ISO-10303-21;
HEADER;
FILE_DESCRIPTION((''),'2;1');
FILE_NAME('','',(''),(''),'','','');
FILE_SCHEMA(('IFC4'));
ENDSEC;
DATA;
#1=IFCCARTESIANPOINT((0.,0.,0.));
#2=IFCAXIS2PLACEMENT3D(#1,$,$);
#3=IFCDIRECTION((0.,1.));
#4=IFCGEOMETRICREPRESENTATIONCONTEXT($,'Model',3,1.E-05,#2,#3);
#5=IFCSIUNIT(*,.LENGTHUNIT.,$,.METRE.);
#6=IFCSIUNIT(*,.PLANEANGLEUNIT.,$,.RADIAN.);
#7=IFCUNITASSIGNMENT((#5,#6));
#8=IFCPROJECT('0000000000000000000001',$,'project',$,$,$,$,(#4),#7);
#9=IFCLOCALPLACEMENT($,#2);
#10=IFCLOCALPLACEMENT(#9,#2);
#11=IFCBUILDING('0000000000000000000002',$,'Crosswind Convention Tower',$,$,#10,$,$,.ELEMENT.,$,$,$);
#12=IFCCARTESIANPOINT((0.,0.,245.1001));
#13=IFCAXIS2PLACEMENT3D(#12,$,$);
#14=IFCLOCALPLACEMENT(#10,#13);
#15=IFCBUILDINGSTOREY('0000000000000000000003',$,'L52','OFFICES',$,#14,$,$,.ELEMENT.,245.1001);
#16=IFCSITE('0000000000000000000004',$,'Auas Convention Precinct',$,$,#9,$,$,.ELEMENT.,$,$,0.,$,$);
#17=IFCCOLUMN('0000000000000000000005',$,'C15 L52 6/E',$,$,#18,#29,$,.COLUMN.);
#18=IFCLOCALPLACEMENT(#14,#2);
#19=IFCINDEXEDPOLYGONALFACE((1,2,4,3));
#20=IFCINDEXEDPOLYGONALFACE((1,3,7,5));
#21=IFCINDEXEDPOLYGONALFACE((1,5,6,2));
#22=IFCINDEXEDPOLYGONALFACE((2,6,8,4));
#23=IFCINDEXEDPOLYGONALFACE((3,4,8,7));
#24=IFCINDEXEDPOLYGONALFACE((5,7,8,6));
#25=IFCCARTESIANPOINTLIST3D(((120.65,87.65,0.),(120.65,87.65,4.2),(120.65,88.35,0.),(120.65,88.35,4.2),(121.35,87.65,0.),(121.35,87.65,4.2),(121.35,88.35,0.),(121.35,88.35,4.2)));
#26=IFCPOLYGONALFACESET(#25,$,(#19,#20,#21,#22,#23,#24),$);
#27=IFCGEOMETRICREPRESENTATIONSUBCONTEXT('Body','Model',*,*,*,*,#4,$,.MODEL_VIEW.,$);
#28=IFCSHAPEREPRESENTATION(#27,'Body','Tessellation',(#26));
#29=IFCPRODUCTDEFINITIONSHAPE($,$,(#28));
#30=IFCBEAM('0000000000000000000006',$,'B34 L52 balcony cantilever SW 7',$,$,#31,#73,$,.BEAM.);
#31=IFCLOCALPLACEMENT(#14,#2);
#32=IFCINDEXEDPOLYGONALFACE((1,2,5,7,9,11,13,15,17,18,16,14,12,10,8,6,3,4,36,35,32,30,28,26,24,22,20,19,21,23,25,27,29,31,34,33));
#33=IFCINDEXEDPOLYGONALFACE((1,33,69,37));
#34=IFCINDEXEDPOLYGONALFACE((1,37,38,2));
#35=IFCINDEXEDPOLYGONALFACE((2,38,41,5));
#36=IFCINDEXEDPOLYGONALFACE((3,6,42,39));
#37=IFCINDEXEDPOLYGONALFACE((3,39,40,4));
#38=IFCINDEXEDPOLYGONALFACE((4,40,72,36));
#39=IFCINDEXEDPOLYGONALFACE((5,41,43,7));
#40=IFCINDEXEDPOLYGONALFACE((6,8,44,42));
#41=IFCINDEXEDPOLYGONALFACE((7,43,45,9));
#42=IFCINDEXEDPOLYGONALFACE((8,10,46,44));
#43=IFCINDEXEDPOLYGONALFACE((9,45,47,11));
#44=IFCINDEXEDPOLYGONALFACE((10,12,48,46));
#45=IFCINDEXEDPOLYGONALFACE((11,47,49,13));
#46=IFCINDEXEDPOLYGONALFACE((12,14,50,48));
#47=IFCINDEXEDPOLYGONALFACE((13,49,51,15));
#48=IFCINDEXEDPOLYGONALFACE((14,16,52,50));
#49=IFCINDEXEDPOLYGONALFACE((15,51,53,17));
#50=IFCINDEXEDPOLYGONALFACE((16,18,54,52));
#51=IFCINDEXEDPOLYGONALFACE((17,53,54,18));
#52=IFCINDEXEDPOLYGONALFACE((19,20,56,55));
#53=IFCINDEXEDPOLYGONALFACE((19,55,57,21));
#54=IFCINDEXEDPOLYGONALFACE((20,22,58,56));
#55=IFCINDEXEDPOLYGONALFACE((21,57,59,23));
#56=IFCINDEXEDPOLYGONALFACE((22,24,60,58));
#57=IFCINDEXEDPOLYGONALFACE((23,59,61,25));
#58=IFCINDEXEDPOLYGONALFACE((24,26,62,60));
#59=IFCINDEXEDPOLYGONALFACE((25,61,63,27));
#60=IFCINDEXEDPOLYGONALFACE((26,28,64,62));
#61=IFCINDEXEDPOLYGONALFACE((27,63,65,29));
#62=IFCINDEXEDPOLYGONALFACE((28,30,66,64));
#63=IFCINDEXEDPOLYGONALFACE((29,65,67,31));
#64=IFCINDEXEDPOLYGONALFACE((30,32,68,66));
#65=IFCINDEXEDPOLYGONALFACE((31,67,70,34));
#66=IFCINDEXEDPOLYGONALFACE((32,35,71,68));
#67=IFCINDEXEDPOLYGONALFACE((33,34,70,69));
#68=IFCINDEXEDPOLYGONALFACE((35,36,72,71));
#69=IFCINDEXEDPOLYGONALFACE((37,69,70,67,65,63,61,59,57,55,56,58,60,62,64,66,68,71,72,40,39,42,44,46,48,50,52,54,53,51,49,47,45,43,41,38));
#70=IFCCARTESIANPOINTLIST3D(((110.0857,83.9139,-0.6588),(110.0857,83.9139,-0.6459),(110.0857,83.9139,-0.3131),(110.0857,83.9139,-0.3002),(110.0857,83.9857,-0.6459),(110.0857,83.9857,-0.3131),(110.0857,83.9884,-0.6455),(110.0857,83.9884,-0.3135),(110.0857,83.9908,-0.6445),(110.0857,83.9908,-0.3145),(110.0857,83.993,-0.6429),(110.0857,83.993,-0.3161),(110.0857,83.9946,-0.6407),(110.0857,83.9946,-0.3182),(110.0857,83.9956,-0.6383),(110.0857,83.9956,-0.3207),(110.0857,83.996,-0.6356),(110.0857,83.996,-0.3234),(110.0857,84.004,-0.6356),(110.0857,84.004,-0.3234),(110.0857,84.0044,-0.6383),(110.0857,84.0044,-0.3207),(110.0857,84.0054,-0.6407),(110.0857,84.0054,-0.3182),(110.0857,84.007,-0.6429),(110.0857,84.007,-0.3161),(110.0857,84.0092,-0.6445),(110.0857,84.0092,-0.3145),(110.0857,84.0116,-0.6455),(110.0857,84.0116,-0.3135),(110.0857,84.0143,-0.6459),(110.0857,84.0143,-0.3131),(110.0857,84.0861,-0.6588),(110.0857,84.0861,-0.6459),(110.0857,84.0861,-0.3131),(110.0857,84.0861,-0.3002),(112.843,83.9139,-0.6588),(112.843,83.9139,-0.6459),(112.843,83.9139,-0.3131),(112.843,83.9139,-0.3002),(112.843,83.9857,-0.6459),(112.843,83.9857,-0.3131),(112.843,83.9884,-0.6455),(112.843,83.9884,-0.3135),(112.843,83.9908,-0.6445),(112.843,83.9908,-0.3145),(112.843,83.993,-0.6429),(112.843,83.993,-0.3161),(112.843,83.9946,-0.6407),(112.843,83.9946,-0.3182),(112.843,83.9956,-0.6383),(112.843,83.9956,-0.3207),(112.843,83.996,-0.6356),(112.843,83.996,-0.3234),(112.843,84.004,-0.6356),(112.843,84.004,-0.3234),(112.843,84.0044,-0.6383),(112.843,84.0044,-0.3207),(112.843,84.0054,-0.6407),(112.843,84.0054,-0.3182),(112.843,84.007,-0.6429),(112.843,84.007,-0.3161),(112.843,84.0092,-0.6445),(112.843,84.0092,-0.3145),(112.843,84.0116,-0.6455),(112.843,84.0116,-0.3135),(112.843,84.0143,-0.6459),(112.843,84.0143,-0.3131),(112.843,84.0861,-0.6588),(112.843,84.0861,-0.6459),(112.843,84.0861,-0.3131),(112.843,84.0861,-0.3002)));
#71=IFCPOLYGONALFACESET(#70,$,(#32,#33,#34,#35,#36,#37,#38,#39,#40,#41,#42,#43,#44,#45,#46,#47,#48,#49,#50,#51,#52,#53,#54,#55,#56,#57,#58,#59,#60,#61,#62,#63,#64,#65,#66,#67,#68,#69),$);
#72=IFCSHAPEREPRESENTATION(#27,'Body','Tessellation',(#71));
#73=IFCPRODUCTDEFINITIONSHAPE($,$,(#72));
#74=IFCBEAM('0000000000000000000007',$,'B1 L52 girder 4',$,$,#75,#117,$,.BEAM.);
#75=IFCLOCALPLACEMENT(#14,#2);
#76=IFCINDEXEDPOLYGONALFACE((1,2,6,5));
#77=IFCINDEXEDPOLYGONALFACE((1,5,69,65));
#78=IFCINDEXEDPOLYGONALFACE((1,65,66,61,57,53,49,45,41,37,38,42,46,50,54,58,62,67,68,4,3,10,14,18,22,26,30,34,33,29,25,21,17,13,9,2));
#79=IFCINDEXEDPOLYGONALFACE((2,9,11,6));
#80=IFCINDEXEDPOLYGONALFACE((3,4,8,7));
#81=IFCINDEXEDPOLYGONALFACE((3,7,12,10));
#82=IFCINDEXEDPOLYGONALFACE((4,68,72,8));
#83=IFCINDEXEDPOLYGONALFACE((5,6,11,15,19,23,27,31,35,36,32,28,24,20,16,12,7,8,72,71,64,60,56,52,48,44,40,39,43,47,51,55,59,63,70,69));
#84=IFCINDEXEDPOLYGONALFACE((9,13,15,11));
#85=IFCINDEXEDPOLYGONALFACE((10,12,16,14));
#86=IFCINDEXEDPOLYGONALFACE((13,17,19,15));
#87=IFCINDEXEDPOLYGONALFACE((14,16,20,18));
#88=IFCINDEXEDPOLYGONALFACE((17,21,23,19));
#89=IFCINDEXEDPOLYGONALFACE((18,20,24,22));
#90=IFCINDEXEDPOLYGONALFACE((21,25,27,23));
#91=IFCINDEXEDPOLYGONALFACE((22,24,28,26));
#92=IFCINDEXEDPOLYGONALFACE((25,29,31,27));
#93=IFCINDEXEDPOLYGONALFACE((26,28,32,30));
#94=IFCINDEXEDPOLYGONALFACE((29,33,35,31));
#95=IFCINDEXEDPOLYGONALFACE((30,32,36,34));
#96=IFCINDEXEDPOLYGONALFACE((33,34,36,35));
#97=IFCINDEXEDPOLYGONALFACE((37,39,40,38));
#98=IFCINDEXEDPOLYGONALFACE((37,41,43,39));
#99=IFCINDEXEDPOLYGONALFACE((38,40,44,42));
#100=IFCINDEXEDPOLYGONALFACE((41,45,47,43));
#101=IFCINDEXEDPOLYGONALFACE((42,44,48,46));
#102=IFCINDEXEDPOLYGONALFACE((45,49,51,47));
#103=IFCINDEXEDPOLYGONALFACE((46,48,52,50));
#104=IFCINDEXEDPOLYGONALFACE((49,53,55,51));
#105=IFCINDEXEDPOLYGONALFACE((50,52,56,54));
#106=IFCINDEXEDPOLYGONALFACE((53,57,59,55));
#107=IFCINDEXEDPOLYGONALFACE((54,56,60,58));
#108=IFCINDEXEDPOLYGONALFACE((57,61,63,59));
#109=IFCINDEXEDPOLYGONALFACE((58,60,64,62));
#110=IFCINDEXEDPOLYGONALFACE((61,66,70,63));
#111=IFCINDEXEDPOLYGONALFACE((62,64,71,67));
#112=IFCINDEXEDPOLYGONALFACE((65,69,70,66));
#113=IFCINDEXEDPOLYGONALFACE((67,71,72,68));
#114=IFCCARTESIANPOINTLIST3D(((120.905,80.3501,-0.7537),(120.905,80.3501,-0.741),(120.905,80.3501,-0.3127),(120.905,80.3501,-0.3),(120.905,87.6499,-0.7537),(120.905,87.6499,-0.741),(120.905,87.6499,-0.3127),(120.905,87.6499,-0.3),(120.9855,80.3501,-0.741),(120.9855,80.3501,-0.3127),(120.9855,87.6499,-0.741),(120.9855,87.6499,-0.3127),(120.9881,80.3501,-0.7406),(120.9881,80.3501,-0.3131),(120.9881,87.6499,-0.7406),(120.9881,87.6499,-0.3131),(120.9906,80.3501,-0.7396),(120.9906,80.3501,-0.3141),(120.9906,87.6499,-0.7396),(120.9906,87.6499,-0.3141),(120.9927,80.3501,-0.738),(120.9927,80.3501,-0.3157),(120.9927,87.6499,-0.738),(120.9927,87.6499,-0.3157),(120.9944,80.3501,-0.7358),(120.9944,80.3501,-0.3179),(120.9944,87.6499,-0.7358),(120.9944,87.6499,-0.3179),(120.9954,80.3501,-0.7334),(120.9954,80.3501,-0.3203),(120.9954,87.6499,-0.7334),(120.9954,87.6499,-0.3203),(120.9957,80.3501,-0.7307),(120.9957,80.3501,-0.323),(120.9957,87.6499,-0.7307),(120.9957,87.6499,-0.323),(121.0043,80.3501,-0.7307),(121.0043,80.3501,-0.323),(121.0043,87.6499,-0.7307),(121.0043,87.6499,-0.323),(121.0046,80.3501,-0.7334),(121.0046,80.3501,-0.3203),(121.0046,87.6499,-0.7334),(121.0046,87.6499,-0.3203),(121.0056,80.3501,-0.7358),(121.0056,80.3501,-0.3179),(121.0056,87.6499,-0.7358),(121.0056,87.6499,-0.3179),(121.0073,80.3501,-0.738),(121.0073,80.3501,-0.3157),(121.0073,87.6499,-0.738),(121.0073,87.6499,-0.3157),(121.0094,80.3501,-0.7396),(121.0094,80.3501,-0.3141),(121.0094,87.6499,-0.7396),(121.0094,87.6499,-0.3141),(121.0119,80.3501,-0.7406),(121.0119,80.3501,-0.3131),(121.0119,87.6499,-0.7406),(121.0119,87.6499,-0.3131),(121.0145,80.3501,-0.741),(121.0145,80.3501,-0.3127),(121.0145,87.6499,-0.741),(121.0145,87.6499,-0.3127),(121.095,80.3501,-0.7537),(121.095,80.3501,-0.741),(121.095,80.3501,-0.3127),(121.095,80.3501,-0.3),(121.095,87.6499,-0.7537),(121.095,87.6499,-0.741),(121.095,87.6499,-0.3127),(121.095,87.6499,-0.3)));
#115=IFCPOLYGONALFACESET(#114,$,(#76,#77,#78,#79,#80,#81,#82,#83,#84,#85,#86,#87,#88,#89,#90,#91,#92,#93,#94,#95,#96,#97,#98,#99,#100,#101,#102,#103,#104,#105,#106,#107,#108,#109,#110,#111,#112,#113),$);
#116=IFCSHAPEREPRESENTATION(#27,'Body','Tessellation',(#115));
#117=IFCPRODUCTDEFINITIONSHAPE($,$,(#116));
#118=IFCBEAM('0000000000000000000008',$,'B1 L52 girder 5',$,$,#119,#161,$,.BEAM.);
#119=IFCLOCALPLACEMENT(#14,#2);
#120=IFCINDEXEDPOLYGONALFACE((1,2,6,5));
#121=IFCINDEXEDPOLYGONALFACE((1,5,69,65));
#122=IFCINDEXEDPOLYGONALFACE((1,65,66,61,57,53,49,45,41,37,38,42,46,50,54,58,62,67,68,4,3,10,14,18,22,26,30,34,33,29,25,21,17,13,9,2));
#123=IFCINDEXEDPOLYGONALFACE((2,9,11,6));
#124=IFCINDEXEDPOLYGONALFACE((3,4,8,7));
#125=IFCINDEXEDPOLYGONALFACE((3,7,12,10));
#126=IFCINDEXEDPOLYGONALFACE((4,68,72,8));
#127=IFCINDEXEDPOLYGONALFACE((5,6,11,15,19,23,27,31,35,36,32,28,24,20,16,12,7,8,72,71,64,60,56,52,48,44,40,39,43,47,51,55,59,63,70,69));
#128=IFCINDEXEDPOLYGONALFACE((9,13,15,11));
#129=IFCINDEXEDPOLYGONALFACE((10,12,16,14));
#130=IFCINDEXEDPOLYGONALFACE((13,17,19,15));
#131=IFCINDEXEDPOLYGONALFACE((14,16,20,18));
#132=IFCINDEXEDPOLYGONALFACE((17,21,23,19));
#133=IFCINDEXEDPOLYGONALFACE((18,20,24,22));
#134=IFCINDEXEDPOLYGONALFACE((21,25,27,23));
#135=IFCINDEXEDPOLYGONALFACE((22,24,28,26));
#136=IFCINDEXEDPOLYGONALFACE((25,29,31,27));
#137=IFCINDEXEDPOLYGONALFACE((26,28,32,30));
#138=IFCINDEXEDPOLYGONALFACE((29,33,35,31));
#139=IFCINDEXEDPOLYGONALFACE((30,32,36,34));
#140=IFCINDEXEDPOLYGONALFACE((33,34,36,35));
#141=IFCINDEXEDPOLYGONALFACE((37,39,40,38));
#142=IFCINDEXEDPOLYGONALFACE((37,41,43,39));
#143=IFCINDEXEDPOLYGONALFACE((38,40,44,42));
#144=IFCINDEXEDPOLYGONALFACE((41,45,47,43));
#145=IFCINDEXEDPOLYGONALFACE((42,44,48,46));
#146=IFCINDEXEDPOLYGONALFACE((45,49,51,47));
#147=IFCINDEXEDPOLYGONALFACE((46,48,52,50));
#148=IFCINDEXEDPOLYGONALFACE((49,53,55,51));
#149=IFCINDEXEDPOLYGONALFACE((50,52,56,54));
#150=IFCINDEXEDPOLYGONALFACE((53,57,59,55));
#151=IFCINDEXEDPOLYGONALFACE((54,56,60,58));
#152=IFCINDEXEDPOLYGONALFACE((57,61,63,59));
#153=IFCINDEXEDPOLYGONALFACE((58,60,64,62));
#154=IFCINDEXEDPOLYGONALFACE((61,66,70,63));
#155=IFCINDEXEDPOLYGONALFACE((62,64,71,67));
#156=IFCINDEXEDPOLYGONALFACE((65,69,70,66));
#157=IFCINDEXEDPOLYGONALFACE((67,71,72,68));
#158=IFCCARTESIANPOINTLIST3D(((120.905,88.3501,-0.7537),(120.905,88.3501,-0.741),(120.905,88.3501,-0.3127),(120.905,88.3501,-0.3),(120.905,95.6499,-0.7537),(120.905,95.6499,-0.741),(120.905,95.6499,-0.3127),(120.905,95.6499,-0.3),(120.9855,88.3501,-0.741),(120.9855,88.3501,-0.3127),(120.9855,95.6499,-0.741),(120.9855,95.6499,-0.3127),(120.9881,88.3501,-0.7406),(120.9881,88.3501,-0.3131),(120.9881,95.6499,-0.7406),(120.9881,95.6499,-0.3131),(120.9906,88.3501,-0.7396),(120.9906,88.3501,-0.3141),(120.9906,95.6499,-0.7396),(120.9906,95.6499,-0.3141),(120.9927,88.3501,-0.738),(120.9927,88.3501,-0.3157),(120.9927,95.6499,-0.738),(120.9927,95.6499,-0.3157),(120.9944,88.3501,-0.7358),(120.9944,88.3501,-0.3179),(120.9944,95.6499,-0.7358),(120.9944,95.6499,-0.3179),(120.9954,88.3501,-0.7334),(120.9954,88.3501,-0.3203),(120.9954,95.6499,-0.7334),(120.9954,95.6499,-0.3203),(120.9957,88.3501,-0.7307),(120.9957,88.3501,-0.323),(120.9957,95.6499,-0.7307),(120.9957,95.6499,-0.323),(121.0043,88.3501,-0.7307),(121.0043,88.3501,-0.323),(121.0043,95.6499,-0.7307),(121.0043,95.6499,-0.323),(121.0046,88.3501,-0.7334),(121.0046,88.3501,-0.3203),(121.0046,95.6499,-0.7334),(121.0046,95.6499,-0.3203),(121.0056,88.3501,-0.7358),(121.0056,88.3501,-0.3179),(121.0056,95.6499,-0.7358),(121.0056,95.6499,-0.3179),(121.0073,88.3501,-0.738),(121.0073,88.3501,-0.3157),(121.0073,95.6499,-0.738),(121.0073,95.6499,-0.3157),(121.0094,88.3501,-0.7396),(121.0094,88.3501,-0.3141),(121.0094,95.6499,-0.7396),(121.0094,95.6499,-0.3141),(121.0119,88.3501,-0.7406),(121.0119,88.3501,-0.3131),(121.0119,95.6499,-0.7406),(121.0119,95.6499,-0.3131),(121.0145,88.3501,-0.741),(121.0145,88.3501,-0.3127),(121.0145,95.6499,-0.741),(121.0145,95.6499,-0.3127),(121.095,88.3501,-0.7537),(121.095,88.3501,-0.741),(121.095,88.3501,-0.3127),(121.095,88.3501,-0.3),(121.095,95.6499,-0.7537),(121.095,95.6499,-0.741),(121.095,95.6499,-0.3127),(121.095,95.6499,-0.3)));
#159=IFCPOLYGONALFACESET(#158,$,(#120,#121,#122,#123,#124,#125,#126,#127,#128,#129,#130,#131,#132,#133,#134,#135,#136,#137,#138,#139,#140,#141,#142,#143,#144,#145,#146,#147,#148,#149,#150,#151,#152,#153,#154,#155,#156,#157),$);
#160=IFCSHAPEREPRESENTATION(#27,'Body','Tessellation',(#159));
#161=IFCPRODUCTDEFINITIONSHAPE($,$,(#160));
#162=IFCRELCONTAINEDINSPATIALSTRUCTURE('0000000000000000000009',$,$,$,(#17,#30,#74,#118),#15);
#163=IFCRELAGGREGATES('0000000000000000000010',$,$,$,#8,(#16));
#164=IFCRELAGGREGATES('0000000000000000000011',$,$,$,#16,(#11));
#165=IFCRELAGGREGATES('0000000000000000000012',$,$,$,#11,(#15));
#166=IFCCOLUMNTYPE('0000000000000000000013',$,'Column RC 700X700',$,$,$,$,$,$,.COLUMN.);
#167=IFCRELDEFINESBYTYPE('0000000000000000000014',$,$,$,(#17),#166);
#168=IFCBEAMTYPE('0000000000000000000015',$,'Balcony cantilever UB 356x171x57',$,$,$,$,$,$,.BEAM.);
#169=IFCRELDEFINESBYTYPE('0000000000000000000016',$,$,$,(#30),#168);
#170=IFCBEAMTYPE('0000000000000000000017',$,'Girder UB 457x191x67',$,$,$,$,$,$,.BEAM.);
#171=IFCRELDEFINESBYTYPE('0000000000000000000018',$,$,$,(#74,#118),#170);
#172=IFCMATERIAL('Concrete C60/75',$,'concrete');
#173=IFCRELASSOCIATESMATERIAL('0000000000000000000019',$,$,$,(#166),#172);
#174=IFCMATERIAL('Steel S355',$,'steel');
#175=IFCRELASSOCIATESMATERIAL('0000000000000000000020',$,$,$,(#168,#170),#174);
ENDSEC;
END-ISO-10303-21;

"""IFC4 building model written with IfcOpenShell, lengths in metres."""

from ifc_helpers import new_model, si_unit, direction, frame, origin, origin_2d, place, context, subcontext, project, spatial, rectangle, i_section, extrude, material, material_profile, profile_set, type_object, element, save


model = new_model("IFC4")

# Units and contexts
model_context = context("Model", 3, precision=1e-05, world=origin(), true_north=direction((0.0, 1.0)))
body_context = subcontext(model_context, "Body", "Model", "MODEL_VIEW")
ifc_project = project(units=[si_unit("LENGTHUNIT", "METRE"), si_unit("PLANEANGLEUNIT", "RADIAN")], contexts=[model_context])

# Site, building, storey
site_placement = place(None, origin())
site = spatial("IfcSite", under=ifc_project, at=site_placement, Name="Auas Convention Precinct", CompositionType="ELEMENT", RefElevation=0.0)
building_placement = place(site_placement, origin())
building = spatial("IfcBuilding", under=site, at=building_placement, Name="Crosswind Convention Tower", CompositionType="ELEMENT")
storey_placement = place(building_placement, frame((0.0, 0.0, 245.1001)))
storey = spatial("IfcBuildingStorey", under=building, at=storey_placement, Name="L52", Description="OFFICES", CompositionType="ELEMENT", Elevation=245.1001)

# Column
ifc_material_1 = material(Name="Concrete C60/75", Category="concrete")
ifc_material_profile_1 = material_profile(ifc_material_1, rectangle(XDim=0.7, YDim=0.7, at=origin_2d()), Name="RC 700X700")
ifc_profile_set_1 = profile_set([ifc_material_profile_1], Name="Concrete C60/75")
column_type = type_object("IfcColumnType", Name="Column RC 700X700", PredefinedType="COLUMN", material=ifc_profile_set_1)
column_placement = place(storey_placement, frame((121.0, 88.0, 0.0), z_axis=(0.0, 0.0, 1.0), x_axis=(1.0, 0.0, 0.0)))
element("IfcColumn", 1, at=column_placement, inside=storey, type_object=column_type, Name="C15 L52 6/E", PredefinedType="COLUMN", context=body_context, shape_type="SweptSolid", body=[
    extrude(rectangle(XDim=0.7, YDim=0.7, at=origin_2d()), origin(), (0.0, 0.0, 1.0), 4.2),
])

# Beams
ifc_material_2 = material(Name="Steel S355", Category="steel")
ifc_material_profile_2 = material_profile(ifc_material_2, i_section(OverallWidth=0.1721, OverallDepth=0.3586, WebThickness=0.0081, FlangeThickness=0.0129, FilletRadius=0.0103, at=origin_2d()), Name="UB 356x171x57")
ifc_profile_set_2 = profile_set([ifc_material_profile_2], Name="Steel S355")
beam_type_1 = type_object("IfcBeamType", Name="Balcony cantilever UB 356x171x57", PredefinedType="BEAM", material=ifc_profile_set_2)
beam_1_placement = place(storey_placement, frame((112.843, 84.0, -0.4795), z_axis=(-1.0, 0.0, 0.0), x_axis=(0.0, -1.0, 0.0)))
element("IfcBeam", 2, at=beam_1_placement, inside=storey, type_object=beam_type_1, Name="B34 L52 balcony cantilever SW 7", PredefinedType="BEAM", context=body_context, shape_type="SweptSolid", body=[
    extrude(i_section(OverallWidth=0.1721, OverallDepth=0.3586, WebThickness=0.0081, FlangeThickness=0.0129, FilletRadius=0.0103, at=origin_2d()), origin(), (0.0, 0.0, 1.0), 2.7573),
])
ifc_material_profile_3 = material_profile(ifc_material_2, i_section(OverallWidth=0.1899, OverallDepth=0.4536, WebThickness=0.0085, FlangeThickness=0.0127, FilletRadius=0.0103, at=origin_2d()), Name="UB 457x191x67")
ifc_profile_set_3 = profile_set([ifc_material_profile_3], Name="Steel S355")
beam_type_2 = type_object("IfcBeamType", Name="Girder UB 457x191x67", PredefinedType="BEAM", material=ifc_profile_set_3)
for number, where, z_axis, x_axis, name in (
    (3, (121.0, 80.3501, -0.5269), (0.0, 1.0, 0.0), (-1.0, 0.0, 0.0), "B1 L52 girder 4"),
    (4, (121.0, 88.3501, -0.5269), (0.0, 1.0, 0.0), (-1.0, 0.0, 0.0), "B1 L52 girder 5"),
):
    element("IfcBeam", number, at=place(storey_placement, frame(where, z_axis=z_axis, x_axis=x_axis)), inside=storey, type_object=beam_type_2, Name=name, PredefinedType="BEAM", context=body_context, shape_type="SweptSolid", body=[
        extrude(i_section(OverallWidth=0.1899, OverallDepth=0.4536, WebThickness=0.0085, FlangeThickness=0.0127, FilletRadius=0.0103, at=origin_2d()), origin(), (0.0, 0.0, 1.0), 7.2998),
    ])

save(model, "model.ifc")
